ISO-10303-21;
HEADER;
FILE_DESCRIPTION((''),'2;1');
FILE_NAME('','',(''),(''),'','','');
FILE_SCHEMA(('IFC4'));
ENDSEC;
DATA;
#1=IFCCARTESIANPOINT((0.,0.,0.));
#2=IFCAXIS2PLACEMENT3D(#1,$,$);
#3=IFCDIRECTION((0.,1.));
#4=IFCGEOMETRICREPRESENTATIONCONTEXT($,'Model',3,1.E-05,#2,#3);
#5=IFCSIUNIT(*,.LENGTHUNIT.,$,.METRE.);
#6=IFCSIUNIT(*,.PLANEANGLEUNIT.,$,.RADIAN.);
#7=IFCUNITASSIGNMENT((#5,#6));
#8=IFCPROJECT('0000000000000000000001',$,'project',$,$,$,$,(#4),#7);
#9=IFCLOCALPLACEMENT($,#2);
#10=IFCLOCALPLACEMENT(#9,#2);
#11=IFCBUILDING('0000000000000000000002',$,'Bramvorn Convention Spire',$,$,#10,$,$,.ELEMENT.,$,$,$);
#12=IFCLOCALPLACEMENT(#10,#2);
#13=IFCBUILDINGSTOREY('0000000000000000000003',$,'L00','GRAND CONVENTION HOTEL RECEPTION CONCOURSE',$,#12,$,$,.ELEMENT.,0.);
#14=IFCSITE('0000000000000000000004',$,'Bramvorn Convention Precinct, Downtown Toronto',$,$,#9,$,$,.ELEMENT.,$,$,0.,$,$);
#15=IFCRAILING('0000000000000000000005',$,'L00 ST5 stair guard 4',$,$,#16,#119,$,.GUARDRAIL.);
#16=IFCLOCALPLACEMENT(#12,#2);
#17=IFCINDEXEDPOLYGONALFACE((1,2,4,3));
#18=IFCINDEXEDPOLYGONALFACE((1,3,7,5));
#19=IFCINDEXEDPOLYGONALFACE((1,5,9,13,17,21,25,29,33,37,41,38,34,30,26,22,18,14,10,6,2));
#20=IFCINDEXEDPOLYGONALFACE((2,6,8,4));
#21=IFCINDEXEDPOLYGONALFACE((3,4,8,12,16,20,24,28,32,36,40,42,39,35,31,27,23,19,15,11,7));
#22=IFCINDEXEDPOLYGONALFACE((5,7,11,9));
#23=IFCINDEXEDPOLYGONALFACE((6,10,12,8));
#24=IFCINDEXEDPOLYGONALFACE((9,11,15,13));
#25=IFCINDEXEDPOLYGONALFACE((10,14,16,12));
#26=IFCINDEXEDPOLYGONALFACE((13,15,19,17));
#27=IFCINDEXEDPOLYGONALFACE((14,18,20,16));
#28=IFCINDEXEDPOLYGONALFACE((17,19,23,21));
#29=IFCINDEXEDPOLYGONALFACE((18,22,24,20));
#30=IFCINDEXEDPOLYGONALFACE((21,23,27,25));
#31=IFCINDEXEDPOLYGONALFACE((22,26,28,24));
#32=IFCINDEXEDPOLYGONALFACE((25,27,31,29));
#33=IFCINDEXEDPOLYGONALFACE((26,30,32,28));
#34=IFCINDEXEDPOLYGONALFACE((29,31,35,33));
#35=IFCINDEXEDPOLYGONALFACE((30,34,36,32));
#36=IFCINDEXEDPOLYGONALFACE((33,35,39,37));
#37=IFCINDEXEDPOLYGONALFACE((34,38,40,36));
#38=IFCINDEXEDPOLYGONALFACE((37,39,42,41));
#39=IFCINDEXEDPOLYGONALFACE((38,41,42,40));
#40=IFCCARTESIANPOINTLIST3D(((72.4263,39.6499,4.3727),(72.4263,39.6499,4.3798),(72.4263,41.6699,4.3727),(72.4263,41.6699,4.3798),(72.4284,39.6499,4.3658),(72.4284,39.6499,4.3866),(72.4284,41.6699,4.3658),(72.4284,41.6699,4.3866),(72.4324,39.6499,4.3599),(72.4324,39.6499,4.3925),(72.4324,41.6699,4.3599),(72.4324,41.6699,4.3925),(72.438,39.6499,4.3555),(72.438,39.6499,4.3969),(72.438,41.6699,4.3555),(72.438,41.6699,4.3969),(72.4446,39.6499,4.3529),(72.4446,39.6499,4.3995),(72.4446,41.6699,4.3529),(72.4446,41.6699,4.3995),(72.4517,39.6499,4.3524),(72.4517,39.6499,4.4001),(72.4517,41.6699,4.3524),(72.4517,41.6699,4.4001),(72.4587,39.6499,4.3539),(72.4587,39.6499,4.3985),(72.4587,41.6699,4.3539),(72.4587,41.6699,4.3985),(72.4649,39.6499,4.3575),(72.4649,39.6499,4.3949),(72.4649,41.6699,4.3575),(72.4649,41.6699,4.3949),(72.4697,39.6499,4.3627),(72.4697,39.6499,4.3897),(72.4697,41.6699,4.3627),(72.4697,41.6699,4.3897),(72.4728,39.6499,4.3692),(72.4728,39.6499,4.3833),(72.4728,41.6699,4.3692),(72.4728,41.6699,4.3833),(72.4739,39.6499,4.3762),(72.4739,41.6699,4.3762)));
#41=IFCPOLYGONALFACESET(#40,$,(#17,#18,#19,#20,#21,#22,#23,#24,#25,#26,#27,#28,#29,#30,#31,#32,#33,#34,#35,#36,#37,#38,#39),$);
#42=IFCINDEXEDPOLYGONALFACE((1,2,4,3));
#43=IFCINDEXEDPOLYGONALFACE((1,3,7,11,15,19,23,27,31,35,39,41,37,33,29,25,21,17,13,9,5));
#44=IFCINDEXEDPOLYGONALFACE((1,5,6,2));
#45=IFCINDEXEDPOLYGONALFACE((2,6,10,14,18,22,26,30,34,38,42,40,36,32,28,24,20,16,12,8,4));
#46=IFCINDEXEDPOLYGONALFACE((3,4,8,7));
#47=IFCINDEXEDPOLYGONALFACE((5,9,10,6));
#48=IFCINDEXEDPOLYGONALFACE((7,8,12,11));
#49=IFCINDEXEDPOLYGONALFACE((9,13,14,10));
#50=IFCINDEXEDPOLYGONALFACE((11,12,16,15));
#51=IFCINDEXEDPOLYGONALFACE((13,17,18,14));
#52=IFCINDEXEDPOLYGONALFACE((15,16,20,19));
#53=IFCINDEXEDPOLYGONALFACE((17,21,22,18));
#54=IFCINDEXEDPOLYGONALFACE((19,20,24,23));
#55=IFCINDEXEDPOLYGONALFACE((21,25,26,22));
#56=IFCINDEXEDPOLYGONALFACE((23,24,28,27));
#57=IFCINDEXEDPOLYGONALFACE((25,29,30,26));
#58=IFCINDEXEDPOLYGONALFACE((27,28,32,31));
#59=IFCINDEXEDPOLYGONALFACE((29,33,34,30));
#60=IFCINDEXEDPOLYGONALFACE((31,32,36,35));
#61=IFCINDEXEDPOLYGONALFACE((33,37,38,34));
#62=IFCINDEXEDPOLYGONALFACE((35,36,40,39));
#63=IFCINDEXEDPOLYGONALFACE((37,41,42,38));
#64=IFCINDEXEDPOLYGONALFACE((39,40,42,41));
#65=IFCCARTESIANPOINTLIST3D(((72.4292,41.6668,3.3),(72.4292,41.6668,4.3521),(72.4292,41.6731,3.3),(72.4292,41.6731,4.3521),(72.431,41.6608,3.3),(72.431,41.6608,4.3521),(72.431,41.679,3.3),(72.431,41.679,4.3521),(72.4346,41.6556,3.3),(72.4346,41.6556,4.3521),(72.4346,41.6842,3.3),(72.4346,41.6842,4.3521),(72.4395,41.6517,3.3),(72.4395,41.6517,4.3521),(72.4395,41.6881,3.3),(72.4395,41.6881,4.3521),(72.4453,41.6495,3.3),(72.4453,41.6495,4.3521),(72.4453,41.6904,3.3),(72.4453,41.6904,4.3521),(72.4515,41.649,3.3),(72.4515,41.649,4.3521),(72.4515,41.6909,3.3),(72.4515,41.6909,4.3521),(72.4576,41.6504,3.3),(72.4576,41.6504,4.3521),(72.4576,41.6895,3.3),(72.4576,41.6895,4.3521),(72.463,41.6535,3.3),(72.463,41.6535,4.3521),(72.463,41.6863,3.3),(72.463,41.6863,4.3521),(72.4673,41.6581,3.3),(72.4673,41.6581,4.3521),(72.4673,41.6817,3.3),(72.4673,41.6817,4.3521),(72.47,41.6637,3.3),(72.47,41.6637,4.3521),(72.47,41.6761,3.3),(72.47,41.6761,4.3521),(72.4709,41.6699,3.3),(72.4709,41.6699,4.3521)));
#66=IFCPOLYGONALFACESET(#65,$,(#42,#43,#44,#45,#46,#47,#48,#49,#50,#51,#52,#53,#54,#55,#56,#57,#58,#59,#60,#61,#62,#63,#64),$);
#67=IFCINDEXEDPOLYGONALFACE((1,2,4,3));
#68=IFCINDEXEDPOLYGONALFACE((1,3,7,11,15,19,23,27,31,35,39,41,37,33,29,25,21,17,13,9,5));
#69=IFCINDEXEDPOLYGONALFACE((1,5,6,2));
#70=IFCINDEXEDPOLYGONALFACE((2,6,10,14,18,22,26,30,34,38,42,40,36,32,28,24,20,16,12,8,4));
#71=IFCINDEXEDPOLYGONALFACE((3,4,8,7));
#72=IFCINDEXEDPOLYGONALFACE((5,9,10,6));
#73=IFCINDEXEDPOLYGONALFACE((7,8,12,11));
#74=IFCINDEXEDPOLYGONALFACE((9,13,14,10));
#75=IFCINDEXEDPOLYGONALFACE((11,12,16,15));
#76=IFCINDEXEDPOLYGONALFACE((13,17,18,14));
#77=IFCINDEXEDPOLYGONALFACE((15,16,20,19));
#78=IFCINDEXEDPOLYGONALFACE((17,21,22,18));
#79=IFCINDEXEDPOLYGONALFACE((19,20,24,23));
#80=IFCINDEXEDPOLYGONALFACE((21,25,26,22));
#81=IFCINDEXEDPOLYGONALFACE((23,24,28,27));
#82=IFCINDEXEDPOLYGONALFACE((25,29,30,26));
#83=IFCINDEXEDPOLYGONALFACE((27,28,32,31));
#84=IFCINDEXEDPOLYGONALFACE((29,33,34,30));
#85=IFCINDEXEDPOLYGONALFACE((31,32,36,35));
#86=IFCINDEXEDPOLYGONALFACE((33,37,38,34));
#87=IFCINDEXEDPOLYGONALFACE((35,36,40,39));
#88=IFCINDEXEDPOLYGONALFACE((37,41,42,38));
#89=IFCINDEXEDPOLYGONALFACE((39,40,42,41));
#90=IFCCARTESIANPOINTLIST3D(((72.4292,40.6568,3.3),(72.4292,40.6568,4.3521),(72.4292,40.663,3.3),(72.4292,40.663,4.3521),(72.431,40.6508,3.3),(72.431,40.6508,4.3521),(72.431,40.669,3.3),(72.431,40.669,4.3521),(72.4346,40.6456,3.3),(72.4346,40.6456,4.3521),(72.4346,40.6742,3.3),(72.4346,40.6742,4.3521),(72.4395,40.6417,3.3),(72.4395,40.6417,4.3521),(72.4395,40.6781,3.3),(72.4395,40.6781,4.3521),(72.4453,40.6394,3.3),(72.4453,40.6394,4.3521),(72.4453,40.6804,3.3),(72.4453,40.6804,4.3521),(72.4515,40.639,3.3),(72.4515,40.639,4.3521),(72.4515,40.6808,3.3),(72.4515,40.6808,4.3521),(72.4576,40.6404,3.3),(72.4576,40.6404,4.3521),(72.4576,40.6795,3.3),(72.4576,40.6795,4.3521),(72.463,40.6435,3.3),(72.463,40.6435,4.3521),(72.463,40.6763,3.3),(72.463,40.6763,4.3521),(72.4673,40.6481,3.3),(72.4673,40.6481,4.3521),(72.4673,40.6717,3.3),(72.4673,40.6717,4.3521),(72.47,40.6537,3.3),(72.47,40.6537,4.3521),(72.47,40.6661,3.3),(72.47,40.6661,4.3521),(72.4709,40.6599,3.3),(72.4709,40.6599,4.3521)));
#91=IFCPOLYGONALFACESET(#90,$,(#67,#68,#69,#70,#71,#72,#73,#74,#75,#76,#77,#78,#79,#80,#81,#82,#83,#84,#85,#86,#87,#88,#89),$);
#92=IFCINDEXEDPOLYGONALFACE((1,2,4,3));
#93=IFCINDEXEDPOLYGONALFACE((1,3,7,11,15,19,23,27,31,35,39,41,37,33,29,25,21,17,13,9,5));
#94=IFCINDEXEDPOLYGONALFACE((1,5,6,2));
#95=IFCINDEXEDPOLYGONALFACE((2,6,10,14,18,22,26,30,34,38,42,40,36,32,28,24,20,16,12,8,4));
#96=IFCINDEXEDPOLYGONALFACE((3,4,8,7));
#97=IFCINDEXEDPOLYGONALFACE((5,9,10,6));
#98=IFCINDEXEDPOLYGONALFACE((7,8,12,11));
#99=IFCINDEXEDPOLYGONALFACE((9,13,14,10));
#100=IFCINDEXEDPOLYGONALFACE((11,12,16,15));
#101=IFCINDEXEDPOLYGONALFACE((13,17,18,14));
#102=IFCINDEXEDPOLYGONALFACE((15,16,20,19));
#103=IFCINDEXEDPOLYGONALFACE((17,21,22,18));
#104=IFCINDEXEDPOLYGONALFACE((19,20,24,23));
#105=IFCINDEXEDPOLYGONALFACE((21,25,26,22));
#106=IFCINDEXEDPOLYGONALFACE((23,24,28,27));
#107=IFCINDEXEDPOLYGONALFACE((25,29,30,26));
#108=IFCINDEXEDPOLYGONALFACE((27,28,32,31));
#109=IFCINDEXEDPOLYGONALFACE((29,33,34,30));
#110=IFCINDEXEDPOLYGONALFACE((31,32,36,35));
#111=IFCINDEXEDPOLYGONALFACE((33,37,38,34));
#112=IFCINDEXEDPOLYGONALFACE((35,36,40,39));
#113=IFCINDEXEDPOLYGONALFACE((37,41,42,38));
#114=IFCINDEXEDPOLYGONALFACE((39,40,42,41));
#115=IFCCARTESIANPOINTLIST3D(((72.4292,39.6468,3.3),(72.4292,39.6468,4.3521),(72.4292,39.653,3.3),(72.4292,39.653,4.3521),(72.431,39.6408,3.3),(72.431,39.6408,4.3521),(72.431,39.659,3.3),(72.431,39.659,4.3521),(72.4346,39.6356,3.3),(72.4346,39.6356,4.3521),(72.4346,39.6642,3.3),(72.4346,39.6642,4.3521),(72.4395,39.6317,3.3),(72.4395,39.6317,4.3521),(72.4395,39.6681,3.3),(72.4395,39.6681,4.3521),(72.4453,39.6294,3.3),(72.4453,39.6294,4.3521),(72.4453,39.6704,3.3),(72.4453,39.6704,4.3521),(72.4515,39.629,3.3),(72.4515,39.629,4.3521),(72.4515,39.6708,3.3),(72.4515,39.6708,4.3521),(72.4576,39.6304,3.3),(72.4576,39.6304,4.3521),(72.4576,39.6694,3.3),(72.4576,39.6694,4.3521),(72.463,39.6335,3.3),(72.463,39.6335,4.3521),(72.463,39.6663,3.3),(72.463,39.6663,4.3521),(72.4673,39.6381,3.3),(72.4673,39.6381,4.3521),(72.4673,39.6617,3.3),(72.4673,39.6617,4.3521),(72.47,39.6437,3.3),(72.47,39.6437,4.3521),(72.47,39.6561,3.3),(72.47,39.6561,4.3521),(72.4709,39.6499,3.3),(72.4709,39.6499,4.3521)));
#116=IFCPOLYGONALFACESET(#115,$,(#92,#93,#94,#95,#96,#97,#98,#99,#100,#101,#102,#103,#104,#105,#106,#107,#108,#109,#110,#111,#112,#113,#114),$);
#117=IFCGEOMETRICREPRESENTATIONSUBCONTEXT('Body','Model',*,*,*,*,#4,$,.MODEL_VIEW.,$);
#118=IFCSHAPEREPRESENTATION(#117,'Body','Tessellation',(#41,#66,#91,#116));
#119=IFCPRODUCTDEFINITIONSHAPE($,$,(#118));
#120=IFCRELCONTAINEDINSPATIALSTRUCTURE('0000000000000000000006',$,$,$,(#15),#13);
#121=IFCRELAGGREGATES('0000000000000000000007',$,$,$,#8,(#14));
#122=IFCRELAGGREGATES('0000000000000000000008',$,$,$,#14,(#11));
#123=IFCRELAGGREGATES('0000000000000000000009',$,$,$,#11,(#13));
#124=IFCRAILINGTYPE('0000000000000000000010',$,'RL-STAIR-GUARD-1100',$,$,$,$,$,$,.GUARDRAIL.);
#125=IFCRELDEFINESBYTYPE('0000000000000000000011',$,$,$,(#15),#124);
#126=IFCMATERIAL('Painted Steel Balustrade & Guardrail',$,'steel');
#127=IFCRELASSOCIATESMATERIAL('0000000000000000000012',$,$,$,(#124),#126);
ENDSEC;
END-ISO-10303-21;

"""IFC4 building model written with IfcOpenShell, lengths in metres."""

from ifc_helpers import new_model, si_unit, direction, frame, origin, origin_2d, place, context, subcontext, project, spatial, circle, extrude, material, type_object, element, save


model = new_model("IFC4")

# Units and contexts
model_context = context("Model", 3, precision=1e-05, world=origin(), true_north=direction((0.0, 1.0)))
body_context = subcontext(model_context, "Body", "Model", "MODEL_VIEW")
ifc_project = project(units=[si_unit("LENGTHUNIT", "METRE"), si_unit("PLANEANGLEUNIT", "RADIAN")], contexts=[model_context])

# Site, building, storey
site_placement = place(None, origin())
site = spatial("IfcSite", under=ifc_project, at=site_placement, Name="Bramvorn Convention Precinct, Downtown Toronto", CompositionType="ELEMENT", RefElevation=0.0)
building_placement = place(site_placement, origin())
building = spatial("IfcBuilding", under=site, at=building_placement, Name="Bramvorn Convention Spire", CompositionType="ELEMENT")
storey_placement = place(building_placement, origin())
storey = spatial("IfcBuildingStorey", under=building, at=storey_placement, Name="L00", Description="GRAND CONVENTION HOTEL RECEPTION CONCOURSE", CompositionType="ELEMENT", Elevation=0.0)

# Railing
ifc_material_1 = material(Name="Painted Steel Balustrade & Guardrail", Category="steel")
railing_type_1 = type_object("IfcRailingType", Name="RL-STAIR-GUARD-1100", PredefinedType="GUARDRAIL", material=ifc_material_1)
for number, where, name in (
    (1, (72.45, 41.6699, 3.3), "L00 ST5 stair guard 4"),
):
    element("IfcRailing", number, at=place(storey_placement, frame(where)), inside=storey, type_object=railing_type_1, Name=name, PredefinedType="GUARDRAIL", context=body_context, shape_type="SweptSolid", body=[
        extrude(circle(Radius=0.0239, at=origin_2d()), frame((0.0, 0.0, 1.0762), z_axis=(0.0, -1.0, 0.0), x_axis=(1.0, 0.0, 0.0)), (0.0, 0.0, 1.0), 2.02),
        extrude(circle(Radius=0.021, at=origin_2d()), origin(), (0.0, 0.0, 1.0), 1.052),
        extrude(circle(Radius=0.021, at=origin_2d()), frame((0.0, -1.01, 0.0)), (0.0, 0.0, 1.0), 1.052),
        extrude(circle(Radius=0.021, at=origin_2d()), frame((0.0, -2.02, 0.0)), (0.0, 0.0, 1.0), 1.052),
    ])

save(model, "model.ifc")
